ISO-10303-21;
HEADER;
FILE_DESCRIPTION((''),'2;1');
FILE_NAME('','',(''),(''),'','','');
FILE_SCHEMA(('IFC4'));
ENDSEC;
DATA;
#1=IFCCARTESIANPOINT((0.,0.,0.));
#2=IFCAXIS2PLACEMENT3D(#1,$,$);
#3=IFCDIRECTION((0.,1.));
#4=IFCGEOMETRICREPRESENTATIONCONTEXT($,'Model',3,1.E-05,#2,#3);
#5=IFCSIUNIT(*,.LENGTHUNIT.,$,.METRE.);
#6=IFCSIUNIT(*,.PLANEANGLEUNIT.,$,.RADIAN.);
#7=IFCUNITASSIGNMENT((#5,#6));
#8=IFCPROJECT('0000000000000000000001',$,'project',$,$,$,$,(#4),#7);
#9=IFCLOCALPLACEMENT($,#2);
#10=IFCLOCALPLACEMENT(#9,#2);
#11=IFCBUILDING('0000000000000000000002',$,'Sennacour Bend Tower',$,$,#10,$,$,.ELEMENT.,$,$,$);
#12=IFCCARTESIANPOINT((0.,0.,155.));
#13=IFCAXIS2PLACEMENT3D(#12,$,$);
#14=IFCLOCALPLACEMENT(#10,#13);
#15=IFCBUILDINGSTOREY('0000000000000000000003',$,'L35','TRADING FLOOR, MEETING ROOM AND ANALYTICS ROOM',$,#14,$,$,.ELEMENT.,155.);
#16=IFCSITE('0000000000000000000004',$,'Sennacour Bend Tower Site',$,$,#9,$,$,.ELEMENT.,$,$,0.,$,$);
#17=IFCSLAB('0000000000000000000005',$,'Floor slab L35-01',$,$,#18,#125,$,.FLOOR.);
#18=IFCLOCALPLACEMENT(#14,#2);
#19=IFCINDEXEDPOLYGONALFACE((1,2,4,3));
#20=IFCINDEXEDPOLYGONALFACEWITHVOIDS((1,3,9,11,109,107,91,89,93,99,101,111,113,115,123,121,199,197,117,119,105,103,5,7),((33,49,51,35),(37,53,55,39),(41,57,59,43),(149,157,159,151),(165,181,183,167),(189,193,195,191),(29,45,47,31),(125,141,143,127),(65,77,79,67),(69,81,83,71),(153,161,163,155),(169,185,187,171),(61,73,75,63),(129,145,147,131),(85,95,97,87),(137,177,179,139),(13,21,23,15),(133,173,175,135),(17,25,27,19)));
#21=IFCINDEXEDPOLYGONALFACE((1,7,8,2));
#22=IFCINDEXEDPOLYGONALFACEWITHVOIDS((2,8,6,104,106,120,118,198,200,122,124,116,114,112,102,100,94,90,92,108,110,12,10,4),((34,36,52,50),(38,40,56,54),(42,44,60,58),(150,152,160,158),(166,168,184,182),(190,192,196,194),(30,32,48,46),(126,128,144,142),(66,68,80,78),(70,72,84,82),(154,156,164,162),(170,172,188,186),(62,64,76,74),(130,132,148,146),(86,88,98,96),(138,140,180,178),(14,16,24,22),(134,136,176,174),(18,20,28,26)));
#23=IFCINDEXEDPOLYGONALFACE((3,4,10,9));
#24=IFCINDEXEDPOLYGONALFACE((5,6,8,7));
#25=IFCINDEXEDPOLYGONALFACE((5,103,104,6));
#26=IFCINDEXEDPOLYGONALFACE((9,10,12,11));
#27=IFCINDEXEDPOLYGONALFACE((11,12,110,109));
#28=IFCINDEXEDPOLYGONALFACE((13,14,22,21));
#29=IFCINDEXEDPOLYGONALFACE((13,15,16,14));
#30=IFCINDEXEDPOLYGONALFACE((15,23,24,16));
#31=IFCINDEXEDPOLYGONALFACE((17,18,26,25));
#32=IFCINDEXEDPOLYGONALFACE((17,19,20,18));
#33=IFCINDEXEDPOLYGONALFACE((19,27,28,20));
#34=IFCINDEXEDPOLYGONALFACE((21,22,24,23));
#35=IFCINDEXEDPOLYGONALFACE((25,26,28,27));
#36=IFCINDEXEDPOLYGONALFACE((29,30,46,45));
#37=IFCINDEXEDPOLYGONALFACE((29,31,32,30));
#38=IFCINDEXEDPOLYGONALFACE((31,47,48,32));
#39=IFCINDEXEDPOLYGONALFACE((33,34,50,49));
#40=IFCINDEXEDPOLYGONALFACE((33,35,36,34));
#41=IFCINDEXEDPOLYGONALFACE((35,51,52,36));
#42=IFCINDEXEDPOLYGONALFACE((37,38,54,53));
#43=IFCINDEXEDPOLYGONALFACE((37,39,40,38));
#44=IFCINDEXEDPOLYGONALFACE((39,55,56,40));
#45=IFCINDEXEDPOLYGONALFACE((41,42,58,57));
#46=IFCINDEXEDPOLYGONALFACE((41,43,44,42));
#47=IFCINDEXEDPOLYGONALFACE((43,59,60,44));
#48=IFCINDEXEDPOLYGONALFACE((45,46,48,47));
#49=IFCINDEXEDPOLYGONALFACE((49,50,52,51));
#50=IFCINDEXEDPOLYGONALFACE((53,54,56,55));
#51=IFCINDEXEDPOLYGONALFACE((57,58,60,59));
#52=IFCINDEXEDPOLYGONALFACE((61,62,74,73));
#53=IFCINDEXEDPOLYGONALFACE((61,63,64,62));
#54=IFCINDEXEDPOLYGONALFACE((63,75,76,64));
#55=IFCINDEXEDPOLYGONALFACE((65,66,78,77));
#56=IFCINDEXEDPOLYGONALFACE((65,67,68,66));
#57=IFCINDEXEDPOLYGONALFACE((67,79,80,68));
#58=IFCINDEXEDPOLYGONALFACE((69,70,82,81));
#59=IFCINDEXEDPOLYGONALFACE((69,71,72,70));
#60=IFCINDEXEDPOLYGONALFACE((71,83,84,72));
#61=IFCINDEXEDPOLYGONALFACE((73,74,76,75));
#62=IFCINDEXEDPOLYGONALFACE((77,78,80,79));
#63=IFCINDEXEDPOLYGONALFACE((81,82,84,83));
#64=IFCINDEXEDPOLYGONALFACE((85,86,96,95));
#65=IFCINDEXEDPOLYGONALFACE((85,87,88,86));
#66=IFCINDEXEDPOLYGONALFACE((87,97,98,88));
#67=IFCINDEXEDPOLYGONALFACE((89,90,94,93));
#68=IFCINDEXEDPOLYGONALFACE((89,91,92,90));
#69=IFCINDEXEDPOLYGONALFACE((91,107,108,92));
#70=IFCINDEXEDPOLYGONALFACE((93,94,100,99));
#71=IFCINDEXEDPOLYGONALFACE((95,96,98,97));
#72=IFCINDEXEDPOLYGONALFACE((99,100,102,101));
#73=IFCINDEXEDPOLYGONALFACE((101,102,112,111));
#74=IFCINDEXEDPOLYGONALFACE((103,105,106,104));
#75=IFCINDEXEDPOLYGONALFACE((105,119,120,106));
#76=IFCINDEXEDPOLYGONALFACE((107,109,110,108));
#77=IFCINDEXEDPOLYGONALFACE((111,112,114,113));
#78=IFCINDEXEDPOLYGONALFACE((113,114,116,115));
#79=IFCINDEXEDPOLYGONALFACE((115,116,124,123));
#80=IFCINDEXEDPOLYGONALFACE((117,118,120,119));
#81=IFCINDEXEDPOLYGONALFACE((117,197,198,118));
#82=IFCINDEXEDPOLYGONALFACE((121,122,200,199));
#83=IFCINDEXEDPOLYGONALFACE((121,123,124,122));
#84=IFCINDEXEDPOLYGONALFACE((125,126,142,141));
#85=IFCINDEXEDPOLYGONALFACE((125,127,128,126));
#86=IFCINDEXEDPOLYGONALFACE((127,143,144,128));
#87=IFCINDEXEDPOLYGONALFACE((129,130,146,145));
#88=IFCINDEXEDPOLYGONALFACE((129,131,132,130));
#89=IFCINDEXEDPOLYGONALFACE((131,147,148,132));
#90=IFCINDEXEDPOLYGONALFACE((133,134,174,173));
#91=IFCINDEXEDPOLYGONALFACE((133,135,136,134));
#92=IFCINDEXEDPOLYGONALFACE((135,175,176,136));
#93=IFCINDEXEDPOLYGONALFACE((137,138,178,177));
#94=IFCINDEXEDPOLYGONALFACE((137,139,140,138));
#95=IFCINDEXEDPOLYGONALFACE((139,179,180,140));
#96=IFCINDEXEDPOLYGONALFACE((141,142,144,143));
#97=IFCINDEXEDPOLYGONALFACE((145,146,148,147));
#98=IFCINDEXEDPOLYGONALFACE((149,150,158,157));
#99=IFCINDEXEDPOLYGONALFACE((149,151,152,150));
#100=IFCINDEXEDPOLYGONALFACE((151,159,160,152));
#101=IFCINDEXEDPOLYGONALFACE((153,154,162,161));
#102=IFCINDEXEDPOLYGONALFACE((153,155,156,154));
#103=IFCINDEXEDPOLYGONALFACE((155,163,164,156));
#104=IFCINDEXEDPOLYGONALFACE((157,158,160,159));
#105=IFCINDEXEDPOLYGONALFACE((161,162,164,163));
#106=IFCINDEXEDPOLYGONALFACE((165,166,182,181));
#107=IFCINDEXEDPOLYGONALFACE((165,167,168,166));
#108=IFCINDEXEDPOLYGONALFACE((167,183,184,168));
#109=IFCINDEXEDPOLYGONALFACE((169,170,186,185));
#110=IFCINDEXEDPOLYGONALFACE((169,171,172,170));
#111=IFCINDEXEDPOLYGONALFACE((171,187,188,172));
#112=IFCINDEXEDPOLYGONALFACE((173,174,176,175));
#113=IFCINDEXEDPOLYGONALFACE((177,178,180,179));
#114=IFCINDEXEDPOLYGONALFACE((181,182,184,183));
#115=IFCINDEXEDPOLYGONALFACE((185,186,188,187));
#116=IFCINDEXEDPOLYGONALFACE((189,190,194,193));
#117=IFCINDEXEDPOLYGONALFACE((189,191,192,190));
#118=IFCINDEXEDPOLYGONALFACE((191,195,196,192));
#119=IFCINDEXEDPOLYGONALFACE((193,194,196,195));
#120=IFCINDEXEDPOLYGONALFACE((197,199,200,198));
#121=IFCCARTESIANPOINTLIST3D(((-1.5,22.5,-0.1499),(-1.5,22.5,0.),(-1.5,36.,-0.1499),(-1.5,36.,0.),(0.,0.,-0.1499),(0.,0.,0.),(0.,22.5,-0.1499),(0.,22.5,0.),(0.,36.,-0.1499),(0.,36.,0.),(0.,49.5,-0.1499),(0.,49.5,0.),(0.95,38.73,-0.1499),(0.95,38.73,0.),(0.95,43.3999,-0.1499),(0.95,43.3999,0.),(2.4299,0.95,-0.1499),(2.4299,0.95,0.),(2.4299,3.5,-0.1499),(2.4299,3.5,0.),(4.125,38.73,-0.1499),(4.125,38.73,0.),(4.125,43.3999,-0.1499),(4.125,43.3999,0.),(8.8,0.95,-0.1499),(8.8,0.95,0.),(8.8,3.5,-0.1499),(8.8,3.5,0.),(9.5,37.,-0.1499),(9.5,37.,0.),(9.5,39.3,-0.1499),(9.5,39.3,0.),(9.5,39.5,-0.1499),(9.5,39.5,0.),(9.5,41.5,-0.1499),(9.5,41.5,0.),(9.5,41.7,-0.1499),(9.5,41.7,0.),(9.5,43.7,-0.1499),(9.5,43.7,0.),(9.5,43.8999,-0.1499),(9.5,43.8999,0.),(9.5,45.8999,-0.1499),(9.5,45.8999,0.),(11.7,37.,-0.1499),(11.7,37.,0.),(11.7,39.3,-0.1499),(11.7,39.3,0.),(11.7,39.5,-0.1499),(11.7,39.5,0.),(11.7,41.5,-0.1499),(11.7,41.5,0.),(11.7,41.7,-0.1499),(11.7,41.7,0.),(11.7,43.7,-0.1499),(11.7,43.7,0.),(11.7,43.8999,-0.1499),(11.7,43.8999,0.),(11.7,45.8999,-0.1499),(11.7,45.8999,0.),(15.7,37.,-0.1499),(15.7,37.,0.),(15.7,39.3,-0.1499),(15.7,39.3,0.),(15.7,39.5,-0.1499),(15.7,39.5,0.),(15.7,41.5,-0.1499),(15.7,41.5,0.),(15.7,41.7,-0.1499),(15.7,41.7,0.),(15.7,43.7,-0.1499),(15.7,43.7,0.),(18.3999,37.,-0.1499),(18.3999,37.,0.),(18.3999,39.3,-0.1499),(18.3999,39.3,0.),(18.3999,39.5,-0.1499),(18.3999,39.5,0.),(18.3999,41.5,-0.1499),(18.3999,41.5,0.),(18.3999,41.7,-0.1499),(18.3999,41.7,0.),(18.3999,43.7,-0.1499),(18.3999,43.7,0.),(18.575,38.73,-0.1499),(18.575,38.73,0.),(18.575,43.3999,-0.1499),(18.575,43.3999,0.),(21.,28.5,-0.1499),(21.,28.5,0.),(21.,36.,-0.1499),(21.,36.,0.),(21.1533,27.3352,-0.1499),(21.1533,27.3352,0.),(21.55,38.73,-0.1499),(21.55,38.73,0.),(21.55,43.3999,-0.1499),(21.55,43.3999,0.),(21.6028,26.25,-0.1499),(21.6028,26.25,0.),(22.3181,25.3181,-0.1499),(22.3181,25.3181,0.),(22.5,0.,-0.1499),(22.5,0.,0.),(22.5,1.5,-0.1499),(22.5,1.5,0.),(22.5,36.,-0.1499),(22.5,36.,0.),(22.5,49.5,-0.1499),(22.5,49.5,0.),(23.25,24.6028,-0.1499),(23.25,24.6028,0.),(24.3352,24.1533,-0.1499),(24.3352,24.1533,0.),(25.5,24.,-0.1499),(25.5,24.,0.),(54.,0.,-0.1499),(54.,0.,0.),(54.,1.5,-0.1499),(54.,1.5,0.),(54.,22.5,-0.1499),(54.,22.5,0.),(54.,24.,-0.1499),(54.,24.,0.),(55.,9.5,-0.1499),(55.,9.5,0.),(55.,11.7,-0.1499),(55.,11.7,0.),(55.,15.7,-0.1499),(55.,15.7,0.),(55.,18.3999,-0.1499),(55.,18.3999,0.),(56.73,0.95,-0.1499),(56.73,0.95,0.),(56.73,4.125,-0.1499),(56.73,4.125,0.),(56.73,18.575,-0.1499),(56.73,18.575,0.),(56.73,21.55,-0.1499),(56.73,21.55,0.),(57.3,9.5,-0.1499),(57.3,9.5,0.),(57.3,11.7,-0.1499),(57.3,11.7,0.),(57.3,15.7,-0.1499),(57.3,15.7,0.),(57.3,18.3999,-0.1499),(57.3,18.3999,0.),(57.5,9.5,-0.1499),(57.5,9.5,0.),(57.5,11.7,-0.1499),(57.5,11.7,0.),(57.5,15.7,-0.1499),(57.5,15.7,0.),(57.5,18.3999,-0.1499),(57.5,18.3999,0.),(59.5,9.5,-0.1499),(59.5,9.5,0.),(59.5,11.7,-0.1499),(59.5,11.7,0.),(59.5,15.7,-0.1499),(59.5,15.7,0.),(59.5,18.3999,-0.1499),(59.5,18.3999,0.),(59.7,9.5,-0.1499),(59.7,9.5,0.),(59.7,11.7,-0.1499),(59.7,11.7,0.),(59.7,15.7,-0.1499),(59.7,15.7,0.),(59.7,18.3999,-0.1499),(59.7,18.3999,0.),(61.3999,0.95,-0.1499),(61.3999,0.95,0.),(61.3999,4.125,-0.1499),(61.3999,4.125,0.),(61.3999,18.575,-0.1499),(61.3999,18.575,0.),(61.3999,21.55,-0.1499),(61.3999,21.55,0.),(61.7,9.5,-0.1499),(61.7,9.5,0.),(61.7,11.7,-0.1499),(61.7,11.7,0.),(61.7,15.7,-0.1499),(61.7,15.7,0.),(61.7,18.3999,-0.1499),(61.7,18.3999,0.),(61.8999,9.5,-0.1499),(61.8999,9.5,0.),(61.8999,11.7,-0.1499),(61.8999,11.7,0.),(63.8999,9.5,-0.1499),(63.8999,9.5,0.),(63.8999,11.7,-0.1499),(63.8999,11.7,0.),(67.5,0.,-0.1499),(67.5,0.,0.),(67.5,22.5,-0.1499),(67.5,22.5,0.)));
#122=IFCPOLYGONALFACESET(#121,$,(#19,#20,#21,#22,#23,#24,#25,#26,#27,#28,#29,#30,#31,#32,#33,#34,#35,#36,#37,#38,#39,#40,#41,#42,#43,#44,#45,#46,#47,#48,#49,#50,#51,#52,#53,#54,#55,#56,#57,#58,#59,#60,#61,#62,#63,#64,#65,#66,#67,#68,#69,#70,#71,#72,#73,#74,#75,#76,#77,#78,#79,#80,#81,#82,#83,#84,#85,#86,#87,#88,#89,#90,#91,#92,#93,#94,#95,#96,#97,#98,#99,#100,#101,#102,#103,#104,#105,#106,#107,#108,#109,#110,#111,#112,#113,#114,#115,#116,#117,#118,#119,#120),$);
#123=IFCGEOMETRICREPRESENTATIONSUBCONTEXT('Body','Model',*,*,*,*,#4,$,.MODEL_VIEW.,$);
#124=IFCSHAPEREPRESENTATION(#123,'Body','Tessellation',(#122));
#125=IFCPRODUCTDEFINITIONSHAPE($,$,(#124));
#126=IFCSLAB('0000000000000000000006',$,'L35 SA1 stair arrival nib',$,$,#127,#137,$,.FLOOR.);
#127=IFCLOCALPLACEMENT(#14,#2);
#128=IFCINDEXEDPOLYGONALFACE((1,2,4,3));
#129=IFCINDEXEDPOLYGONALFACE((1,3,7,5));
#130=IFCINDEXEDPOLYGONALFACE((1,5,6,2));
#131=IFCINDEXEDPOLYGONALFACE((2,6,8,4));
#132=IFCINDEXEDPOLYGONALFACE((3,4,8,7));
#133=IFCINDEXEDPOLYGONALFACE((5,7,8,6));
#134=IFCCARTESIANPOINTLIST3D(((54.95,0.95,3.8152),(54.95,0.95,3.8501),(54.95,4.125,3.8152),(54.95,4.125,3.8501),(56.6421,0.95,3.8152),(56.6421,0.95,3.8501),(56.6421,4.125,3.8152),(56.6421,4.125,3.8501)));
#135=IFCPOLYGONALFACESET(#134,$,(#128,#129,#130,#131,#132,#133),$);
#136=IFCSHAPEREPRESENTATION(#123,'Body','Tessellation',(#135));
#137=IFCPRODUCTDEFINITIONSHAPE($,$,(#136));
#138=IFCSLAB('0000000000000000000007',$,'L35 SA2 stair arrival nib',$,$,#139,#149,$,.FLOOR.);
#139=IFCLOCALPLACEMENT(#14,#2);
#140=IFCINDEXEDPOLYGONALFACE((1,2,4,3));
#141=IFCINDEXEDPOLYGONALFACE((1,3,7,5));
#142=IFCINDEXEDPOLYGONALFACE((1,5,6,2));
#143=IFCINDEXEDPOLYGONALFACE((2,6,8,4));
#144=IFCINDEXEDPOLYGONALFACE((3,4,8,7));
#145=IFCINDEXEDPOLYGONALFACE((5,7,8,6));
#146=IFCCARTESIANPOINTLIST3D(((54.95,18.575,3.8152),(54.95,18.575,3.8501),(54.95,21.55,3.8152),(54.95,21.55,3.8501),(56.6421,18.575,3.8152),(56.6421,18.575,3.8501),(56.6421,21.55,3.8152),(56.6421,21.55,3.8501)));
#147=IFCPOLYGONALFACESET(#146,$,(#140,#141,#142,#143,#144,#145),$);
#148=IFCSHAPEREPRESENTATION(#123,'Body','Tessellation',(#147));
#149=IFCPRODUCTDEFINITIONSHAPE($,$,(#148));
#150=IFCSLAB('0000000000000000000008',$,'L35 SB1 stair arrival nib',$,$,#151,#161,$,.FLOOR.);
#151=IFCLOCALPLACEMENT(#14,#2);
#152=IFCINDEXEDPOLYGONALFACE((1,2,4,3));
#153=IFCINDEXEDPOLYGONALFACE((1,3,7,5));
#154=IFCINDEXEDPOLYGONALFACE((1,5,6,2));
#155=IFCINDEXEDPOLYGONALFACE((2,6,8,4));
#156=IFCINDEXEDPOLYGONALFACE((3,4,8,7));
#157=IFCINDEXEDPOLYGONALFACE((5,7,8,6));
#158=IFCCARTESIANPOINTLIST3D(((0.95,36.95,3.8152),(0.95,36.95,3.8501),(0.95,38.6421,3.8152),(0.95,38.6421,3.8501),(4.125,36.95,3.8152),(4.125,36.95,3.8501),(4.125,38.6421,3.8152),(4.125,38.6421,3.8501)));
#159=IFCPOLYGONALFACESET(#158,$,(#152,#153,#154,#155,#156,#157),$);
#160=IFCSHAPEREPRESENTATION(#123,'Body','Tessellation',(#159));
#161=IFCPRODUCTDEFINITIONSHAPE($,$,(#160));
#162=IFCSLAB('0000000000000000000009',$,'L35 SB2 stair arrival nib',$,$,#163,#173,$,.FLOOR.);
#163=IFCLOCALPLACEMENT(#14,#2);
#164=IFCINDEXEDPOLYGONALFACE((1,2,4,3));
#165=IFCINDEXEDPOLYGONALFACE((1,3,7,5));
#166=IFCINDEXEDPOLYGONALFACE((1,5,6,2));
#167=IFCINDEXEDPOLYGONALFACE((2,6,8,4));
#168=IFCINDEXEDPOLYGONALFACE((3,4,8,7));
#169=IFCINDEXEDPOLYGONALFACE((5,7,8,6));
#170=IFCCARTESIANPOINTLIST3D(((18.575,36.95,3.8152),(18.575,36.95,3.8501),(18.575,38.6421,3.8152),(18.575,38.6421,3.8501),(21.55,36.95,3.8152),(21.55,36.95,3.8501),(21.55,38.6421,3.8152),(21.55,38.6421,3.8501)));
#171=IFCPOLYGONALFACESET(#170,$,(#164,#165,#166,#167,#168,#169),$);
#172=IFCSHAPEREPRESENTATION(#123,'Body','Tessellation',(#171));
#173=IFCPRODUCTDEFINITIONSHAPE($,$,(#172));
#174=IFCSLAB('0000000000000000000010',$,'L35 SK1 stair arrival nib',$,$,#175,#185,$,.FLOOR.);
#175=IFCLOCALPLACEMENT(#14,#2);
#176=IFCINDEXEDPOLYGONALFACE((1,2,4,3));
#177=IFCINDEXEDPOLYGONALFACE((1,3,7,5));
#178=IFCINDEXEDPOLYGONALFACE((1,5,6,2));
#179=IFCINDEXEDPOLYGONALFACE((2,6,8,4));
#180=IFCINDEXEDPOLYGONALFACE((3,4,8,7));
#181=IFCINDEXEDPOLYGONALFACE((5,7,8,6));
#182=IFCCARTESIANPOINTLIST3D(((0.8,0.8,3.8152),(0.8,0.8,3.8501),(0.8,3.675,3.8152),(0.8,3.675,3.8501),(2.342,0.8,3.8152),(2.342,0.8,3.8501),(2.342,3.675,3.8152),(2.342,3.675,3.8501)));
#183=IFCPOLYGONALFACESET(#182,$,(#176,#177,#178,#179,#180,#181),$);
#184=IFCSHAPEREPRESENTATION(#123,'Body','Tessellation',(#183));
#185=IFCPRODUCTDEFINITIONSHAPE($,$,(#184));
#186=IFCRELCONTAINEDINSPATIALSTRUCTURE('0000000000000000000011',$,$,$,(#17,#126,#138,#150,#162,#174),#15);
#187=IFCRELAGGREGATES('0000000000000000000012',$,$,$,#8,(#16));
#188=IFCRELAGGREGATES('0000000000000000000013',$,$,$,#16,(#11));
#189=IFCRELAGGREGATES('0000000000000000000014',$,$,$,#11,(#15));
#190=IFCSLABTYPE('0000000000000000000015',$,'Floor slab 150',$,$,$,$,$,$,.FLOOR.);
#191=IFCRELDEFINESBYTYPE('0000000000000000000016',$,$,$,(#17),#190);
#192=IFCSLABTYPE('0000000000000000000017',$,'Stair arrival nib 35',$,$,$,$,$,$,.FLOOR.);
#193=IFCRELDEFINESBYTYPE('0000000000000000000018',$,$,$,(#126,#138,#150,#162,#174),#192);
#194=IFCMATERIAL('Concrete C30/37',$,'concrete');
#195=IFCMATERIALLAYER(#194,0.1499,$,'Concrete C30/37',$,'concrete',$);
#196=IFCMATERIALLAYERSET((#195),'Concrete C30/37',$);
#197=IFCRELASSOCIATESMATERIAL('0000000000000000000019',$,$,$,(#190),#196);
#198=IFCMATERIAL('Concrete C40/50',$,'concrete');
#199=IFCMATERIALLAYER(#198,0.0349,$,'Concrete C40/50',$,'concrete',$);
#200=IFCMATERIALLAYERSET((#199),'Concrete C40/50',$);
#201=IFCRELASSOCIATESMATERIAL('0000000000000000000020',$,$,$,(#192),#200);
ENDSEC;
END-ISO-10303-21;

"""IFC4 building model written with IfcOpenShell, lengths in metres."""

from ifc_helpers import new_model, si_unit, direction, frame, origin, place, context, subcontext, project, spatial, polyline, outline, extrude, material, layer, layer_set, type_object, element, save


model = new_model("IFC4")

# Units and contexts
model_context = context("Model", 3, precision=1e-05, world=origin(), true_north=direction((0.0, 1.0)))
body_context = subcontext(model_context, "Body", "Model", "MODEL_VIEW")
ifc_project = project(units=[si_unit("LENGTHUNIT", "METRE"), si_unit("PLANEANGLEUNIT", "RADIAN")], contexts=[model_context])

# Site, building, storey
site_placement = place(None, origin())
site = spatial("IfcSite", under=ifc_project, at=site_placement, Name="Sennacour Bend Tower Site", CompositionType="ELEMENT", RefElevation=0.0)
building_placement = place(site_placement, origin())
building = spatial("IfcBuilding", under=site, at=building_placement, Name="Sennacour Bend Tower", CompositionType="ELEMENT")
storey_placement = place(building_placement, frame((0.0, 0.0, 155.0)))
storey = spatial("IfcBuildingStorey", under=building, at=storey_placement, Name="L35", Description="TRADING FLOOR, MEETING ROOM AND ANALYTICS ROOM", CompositionType="ELEMENT", Elevation=155.0)

# Slabs
ifc_material_1 = material(Name="Concrete C30/37", Category="concrete")
ifc_layer_1 = layer(ifc_material_1, 0.1499, Name="Concrete C30/37", Category="concrete")
ifc_layer_set_1 = layer_set([ifc_layer_1], Name="Concrete C30/37")
slab_type_1 = type_object("IfcSlabType", Name="Floor slab 150", PredefinedType="FLOOR", material=ifc_layer_set_1)
slab_1_placement = place(storey_placement, frame((0.0, 0.0, -0.1499)))
element("IfcSlab", 1, at=slab_1_placement, inside=storey, type_object=slab_type_1, Name="Floor slab L35-01", PredefinedType="FLOOR", context=body_context, shape_type="SweptSolid", body=[
    extrude(outline(polyline([(0.0, 22.5), (-1.5, 22.5), (-1.5, 36.0), (0.0, 36.0), (0.0, 49.5), (22.5, 49.5), (22.5, 36.0), (21.0, 36.0), (21.0, 28.5), (21.1533, 27.3352), (21.6028, 26.25), (22.3181, 25.3181), (23.25, 24.6028), (24.3352, 24.1533), (25.5, 24.0), (54.0, 24.0), (54.0, 22.5), (67.5, 22.5), (67.5, 0.0), (54.0, 0.0), (54.0, 1.5), (22.5, 1.5), (22.5, 0.0), (0.0, 0.0), (0.0, 22.5)]), holes=[polyline([(8.8, 0.95), (8.8, 3.5), (2.4299, 3.5), (2.4299, 0.95), (8.8, 0.95)]), polyline([(11.7, 37.0), (11.7, 39.3), (9.5, 39.3), (9.5, 37.0), (11.7, 37.0)]), polyline([(18.3999, 37.0), (18.3999, 39.3), (15.7, 39.3), (15.7, 37.0), (18.3999, 37.0)]), polyline([(11.7, 39.5), (11.7, 41.5), (9.5, 41.5), (9.5, 39.5), (11.7, 39.5)]), polyline([(18.3999, 39.5), (18.3999, 41.5), (15.7, 41.5), (15.7, 39.5), (18.3999, 39.5)]), polyline([(4.125, 38.73), (4.125, 43.3999), (0.95, 43.3999), (0.95, 38.73), (4.125, 38.73)]), polyline([(21.55, 38.73), (21.55, 43.3999), (18.575, 43.3999), (18.575, 38.73), (21.55, 38.73)]), polyline([(9.5, 41.7), (11.7, 41.7), (11.7, 43.7), (9.5, 43.7), (9.5, 41.7)]), polyline([(15.7, 41.7), (18.3999, 41.7), (18.3999, 43.7), (15.7, 43.7), (15.7, 41.7)]), polyline([(11.7, 43.8999), (11.7, 45.8999), (9.5, 45.8999), (9.5, 43.8999), (11.7, 43.8999)]), polyline([(61.3999, 0.95), (61.3999, 4.125), (56.73, 4.125), (56.73, 0.95), (61.3999, 0.95)]), polyline([(57.3, 9.5), (57.3, 11.7), (55.0, 11.7), (55.0, 9.5), (57.3, 9.5)]), polyline([(57.5, 9.5), (59.5, 9.5), (59.5, 11.7), (57.5, 11.7), (57.5, 9.5)]), polyline([(59.7, 9.5), (61.7, 9.5), (61.7, 11.7), (59.7, 11.7), (59.7, 9.5)]), polyline([(63.8999, 9.5), (63.8999, 11.7), (61.8999, 11.7), (61.8999, 9.5), (63.8999, 9.5)]), polyline([(57.3, 15.7), (57.3, 18.3999), (55.0, 18.3999), (55.0, 15.7), (57.3, 15.7)]), polyline([(59.5, 15.7), (59.5, 18.3999), (57.5, 18.3999), (57.5, 15.7), (59.5, 15.7)]), polyline([(59.7, 15.7), (61.7, 15.7), (61.7, 18.3999), (59.7, 18.3999), (59.7, 15.7)]), polyline([(56.73, 18.575), (61.3999, 18.575), (61.3999, 21.55), (56.73, 21.55), (56.73, 18.575)])]), origin(), (0.0, 0.0, 1.0), 0.1499),
])
ifc_material_2 = material(Name="Concrete C40/50", Category="concrete")
ifc_layer_2 = layer(ifc_material_2, 0.0349, Name="Concrete C40/50", Category="concrete")
ifc_layer_set_2 = layer_set([ifc_layer_2], Name="Concrete C40/50")
slab_type_2 = type_object("IfcSlabType", Name="Stair arrival nib 35", PredefinedType="FLOOR", material=ifc_layer_set_2)
slab_2_placement = place(storey_placement, frame((0.0, 0.0, 3.8152)))
element("IfcSlab", 2, at=slab_2_placement, inside=storey, type_object=slab_type_2, Name="L35 SA1 stair arrival nib", PredefinedType="FLOOR", context=body_context, shape_type="SweptSolid", body=[
    extrude(outline(polyline([(56.6421, 4.125), (54.95, 4.125), (54.95, 0.95), (56.6421, 0.95), (56.6421, 4.125)])), origin(), (0.0, 0.0, 1.0), 0.0349),
])
slab_3_placement = place(storey_placement, frame((0.0, 0.0, 3.8152)))
element("IfcSlab", 3, at=slab_3_placement, inside=storey, type_object=slab_type_2, Name="L35 SA2 stair arrival nib", PredefinedType="FLOOR", context=body_context, shape_type="SweptSolid", body=[
    extrude(outline(polyline([(56.6421, 21.55), (54.95, 21.55), (54.95, 18.575), (56.6421, 18.575), (56.6421, 21.55)])), origin(), (0.0, 0.0, 1.0), 0.0349),
])
slab_4_placement = place(storey_placement, frame((0.0, 0.0, 3.8152)))
element("IfcSlab", 4, at=slab_4_placement, inside=storey, type_object=slab_type_2, Name="L35 SB1 stair arrival nib", PredefinedType="FLOOR", context=body_context, shape_type="SweptSolid", body=[
    extrude(outline(polyline([(0.95, 38.6421), (0.95, 36.95), (4.125, 36.95), (4.125, 38.6421), (0.95, 38.6421)])), origin(), (0.0, 0.0, 1.0), 0.0349),
])
slab_5_placement = place(storey_placement, frame((0.0, 0.0, 3.8152)))
element("IfcSlab", 5, at=slab_5_placement, inside=storey, type_object=slab_type_2, Name="L35 SB2 stair arrival nib", PredefinedType="FLOOR", context=body_context, shape_type="SweptSolid", body=[
    extrude(outline(polyline([(18.575, 38.6421), (18.575, 36.95), (21.55, 36.95), (21.55, 38.6421), (18.575, 38.6421)])), origin(), (0.0, 0.0, 1.0), 0.0349),
])
slab_6_placement = place(storey_placement, frame((0.0, 0.0, 3.8152)))
element("IfcSlab", 6, at=slab_6_placement, inside=storey, type_object=slab_type_2, Name="L35 SK1 stair arrival nib", PredefinedType="FLOOR", context=body_context, shape_type="SweptSolid", body=[
    extrude(outline(polyline([(2.342, 3.675), (0.8, 3.675), (0.8, 0.8), (2.342, 0.8), (2.342, 3.675)])), origin(), (0.0, 0.0, 1.0), 0.0349),
])

save(model, "model.ifc")
